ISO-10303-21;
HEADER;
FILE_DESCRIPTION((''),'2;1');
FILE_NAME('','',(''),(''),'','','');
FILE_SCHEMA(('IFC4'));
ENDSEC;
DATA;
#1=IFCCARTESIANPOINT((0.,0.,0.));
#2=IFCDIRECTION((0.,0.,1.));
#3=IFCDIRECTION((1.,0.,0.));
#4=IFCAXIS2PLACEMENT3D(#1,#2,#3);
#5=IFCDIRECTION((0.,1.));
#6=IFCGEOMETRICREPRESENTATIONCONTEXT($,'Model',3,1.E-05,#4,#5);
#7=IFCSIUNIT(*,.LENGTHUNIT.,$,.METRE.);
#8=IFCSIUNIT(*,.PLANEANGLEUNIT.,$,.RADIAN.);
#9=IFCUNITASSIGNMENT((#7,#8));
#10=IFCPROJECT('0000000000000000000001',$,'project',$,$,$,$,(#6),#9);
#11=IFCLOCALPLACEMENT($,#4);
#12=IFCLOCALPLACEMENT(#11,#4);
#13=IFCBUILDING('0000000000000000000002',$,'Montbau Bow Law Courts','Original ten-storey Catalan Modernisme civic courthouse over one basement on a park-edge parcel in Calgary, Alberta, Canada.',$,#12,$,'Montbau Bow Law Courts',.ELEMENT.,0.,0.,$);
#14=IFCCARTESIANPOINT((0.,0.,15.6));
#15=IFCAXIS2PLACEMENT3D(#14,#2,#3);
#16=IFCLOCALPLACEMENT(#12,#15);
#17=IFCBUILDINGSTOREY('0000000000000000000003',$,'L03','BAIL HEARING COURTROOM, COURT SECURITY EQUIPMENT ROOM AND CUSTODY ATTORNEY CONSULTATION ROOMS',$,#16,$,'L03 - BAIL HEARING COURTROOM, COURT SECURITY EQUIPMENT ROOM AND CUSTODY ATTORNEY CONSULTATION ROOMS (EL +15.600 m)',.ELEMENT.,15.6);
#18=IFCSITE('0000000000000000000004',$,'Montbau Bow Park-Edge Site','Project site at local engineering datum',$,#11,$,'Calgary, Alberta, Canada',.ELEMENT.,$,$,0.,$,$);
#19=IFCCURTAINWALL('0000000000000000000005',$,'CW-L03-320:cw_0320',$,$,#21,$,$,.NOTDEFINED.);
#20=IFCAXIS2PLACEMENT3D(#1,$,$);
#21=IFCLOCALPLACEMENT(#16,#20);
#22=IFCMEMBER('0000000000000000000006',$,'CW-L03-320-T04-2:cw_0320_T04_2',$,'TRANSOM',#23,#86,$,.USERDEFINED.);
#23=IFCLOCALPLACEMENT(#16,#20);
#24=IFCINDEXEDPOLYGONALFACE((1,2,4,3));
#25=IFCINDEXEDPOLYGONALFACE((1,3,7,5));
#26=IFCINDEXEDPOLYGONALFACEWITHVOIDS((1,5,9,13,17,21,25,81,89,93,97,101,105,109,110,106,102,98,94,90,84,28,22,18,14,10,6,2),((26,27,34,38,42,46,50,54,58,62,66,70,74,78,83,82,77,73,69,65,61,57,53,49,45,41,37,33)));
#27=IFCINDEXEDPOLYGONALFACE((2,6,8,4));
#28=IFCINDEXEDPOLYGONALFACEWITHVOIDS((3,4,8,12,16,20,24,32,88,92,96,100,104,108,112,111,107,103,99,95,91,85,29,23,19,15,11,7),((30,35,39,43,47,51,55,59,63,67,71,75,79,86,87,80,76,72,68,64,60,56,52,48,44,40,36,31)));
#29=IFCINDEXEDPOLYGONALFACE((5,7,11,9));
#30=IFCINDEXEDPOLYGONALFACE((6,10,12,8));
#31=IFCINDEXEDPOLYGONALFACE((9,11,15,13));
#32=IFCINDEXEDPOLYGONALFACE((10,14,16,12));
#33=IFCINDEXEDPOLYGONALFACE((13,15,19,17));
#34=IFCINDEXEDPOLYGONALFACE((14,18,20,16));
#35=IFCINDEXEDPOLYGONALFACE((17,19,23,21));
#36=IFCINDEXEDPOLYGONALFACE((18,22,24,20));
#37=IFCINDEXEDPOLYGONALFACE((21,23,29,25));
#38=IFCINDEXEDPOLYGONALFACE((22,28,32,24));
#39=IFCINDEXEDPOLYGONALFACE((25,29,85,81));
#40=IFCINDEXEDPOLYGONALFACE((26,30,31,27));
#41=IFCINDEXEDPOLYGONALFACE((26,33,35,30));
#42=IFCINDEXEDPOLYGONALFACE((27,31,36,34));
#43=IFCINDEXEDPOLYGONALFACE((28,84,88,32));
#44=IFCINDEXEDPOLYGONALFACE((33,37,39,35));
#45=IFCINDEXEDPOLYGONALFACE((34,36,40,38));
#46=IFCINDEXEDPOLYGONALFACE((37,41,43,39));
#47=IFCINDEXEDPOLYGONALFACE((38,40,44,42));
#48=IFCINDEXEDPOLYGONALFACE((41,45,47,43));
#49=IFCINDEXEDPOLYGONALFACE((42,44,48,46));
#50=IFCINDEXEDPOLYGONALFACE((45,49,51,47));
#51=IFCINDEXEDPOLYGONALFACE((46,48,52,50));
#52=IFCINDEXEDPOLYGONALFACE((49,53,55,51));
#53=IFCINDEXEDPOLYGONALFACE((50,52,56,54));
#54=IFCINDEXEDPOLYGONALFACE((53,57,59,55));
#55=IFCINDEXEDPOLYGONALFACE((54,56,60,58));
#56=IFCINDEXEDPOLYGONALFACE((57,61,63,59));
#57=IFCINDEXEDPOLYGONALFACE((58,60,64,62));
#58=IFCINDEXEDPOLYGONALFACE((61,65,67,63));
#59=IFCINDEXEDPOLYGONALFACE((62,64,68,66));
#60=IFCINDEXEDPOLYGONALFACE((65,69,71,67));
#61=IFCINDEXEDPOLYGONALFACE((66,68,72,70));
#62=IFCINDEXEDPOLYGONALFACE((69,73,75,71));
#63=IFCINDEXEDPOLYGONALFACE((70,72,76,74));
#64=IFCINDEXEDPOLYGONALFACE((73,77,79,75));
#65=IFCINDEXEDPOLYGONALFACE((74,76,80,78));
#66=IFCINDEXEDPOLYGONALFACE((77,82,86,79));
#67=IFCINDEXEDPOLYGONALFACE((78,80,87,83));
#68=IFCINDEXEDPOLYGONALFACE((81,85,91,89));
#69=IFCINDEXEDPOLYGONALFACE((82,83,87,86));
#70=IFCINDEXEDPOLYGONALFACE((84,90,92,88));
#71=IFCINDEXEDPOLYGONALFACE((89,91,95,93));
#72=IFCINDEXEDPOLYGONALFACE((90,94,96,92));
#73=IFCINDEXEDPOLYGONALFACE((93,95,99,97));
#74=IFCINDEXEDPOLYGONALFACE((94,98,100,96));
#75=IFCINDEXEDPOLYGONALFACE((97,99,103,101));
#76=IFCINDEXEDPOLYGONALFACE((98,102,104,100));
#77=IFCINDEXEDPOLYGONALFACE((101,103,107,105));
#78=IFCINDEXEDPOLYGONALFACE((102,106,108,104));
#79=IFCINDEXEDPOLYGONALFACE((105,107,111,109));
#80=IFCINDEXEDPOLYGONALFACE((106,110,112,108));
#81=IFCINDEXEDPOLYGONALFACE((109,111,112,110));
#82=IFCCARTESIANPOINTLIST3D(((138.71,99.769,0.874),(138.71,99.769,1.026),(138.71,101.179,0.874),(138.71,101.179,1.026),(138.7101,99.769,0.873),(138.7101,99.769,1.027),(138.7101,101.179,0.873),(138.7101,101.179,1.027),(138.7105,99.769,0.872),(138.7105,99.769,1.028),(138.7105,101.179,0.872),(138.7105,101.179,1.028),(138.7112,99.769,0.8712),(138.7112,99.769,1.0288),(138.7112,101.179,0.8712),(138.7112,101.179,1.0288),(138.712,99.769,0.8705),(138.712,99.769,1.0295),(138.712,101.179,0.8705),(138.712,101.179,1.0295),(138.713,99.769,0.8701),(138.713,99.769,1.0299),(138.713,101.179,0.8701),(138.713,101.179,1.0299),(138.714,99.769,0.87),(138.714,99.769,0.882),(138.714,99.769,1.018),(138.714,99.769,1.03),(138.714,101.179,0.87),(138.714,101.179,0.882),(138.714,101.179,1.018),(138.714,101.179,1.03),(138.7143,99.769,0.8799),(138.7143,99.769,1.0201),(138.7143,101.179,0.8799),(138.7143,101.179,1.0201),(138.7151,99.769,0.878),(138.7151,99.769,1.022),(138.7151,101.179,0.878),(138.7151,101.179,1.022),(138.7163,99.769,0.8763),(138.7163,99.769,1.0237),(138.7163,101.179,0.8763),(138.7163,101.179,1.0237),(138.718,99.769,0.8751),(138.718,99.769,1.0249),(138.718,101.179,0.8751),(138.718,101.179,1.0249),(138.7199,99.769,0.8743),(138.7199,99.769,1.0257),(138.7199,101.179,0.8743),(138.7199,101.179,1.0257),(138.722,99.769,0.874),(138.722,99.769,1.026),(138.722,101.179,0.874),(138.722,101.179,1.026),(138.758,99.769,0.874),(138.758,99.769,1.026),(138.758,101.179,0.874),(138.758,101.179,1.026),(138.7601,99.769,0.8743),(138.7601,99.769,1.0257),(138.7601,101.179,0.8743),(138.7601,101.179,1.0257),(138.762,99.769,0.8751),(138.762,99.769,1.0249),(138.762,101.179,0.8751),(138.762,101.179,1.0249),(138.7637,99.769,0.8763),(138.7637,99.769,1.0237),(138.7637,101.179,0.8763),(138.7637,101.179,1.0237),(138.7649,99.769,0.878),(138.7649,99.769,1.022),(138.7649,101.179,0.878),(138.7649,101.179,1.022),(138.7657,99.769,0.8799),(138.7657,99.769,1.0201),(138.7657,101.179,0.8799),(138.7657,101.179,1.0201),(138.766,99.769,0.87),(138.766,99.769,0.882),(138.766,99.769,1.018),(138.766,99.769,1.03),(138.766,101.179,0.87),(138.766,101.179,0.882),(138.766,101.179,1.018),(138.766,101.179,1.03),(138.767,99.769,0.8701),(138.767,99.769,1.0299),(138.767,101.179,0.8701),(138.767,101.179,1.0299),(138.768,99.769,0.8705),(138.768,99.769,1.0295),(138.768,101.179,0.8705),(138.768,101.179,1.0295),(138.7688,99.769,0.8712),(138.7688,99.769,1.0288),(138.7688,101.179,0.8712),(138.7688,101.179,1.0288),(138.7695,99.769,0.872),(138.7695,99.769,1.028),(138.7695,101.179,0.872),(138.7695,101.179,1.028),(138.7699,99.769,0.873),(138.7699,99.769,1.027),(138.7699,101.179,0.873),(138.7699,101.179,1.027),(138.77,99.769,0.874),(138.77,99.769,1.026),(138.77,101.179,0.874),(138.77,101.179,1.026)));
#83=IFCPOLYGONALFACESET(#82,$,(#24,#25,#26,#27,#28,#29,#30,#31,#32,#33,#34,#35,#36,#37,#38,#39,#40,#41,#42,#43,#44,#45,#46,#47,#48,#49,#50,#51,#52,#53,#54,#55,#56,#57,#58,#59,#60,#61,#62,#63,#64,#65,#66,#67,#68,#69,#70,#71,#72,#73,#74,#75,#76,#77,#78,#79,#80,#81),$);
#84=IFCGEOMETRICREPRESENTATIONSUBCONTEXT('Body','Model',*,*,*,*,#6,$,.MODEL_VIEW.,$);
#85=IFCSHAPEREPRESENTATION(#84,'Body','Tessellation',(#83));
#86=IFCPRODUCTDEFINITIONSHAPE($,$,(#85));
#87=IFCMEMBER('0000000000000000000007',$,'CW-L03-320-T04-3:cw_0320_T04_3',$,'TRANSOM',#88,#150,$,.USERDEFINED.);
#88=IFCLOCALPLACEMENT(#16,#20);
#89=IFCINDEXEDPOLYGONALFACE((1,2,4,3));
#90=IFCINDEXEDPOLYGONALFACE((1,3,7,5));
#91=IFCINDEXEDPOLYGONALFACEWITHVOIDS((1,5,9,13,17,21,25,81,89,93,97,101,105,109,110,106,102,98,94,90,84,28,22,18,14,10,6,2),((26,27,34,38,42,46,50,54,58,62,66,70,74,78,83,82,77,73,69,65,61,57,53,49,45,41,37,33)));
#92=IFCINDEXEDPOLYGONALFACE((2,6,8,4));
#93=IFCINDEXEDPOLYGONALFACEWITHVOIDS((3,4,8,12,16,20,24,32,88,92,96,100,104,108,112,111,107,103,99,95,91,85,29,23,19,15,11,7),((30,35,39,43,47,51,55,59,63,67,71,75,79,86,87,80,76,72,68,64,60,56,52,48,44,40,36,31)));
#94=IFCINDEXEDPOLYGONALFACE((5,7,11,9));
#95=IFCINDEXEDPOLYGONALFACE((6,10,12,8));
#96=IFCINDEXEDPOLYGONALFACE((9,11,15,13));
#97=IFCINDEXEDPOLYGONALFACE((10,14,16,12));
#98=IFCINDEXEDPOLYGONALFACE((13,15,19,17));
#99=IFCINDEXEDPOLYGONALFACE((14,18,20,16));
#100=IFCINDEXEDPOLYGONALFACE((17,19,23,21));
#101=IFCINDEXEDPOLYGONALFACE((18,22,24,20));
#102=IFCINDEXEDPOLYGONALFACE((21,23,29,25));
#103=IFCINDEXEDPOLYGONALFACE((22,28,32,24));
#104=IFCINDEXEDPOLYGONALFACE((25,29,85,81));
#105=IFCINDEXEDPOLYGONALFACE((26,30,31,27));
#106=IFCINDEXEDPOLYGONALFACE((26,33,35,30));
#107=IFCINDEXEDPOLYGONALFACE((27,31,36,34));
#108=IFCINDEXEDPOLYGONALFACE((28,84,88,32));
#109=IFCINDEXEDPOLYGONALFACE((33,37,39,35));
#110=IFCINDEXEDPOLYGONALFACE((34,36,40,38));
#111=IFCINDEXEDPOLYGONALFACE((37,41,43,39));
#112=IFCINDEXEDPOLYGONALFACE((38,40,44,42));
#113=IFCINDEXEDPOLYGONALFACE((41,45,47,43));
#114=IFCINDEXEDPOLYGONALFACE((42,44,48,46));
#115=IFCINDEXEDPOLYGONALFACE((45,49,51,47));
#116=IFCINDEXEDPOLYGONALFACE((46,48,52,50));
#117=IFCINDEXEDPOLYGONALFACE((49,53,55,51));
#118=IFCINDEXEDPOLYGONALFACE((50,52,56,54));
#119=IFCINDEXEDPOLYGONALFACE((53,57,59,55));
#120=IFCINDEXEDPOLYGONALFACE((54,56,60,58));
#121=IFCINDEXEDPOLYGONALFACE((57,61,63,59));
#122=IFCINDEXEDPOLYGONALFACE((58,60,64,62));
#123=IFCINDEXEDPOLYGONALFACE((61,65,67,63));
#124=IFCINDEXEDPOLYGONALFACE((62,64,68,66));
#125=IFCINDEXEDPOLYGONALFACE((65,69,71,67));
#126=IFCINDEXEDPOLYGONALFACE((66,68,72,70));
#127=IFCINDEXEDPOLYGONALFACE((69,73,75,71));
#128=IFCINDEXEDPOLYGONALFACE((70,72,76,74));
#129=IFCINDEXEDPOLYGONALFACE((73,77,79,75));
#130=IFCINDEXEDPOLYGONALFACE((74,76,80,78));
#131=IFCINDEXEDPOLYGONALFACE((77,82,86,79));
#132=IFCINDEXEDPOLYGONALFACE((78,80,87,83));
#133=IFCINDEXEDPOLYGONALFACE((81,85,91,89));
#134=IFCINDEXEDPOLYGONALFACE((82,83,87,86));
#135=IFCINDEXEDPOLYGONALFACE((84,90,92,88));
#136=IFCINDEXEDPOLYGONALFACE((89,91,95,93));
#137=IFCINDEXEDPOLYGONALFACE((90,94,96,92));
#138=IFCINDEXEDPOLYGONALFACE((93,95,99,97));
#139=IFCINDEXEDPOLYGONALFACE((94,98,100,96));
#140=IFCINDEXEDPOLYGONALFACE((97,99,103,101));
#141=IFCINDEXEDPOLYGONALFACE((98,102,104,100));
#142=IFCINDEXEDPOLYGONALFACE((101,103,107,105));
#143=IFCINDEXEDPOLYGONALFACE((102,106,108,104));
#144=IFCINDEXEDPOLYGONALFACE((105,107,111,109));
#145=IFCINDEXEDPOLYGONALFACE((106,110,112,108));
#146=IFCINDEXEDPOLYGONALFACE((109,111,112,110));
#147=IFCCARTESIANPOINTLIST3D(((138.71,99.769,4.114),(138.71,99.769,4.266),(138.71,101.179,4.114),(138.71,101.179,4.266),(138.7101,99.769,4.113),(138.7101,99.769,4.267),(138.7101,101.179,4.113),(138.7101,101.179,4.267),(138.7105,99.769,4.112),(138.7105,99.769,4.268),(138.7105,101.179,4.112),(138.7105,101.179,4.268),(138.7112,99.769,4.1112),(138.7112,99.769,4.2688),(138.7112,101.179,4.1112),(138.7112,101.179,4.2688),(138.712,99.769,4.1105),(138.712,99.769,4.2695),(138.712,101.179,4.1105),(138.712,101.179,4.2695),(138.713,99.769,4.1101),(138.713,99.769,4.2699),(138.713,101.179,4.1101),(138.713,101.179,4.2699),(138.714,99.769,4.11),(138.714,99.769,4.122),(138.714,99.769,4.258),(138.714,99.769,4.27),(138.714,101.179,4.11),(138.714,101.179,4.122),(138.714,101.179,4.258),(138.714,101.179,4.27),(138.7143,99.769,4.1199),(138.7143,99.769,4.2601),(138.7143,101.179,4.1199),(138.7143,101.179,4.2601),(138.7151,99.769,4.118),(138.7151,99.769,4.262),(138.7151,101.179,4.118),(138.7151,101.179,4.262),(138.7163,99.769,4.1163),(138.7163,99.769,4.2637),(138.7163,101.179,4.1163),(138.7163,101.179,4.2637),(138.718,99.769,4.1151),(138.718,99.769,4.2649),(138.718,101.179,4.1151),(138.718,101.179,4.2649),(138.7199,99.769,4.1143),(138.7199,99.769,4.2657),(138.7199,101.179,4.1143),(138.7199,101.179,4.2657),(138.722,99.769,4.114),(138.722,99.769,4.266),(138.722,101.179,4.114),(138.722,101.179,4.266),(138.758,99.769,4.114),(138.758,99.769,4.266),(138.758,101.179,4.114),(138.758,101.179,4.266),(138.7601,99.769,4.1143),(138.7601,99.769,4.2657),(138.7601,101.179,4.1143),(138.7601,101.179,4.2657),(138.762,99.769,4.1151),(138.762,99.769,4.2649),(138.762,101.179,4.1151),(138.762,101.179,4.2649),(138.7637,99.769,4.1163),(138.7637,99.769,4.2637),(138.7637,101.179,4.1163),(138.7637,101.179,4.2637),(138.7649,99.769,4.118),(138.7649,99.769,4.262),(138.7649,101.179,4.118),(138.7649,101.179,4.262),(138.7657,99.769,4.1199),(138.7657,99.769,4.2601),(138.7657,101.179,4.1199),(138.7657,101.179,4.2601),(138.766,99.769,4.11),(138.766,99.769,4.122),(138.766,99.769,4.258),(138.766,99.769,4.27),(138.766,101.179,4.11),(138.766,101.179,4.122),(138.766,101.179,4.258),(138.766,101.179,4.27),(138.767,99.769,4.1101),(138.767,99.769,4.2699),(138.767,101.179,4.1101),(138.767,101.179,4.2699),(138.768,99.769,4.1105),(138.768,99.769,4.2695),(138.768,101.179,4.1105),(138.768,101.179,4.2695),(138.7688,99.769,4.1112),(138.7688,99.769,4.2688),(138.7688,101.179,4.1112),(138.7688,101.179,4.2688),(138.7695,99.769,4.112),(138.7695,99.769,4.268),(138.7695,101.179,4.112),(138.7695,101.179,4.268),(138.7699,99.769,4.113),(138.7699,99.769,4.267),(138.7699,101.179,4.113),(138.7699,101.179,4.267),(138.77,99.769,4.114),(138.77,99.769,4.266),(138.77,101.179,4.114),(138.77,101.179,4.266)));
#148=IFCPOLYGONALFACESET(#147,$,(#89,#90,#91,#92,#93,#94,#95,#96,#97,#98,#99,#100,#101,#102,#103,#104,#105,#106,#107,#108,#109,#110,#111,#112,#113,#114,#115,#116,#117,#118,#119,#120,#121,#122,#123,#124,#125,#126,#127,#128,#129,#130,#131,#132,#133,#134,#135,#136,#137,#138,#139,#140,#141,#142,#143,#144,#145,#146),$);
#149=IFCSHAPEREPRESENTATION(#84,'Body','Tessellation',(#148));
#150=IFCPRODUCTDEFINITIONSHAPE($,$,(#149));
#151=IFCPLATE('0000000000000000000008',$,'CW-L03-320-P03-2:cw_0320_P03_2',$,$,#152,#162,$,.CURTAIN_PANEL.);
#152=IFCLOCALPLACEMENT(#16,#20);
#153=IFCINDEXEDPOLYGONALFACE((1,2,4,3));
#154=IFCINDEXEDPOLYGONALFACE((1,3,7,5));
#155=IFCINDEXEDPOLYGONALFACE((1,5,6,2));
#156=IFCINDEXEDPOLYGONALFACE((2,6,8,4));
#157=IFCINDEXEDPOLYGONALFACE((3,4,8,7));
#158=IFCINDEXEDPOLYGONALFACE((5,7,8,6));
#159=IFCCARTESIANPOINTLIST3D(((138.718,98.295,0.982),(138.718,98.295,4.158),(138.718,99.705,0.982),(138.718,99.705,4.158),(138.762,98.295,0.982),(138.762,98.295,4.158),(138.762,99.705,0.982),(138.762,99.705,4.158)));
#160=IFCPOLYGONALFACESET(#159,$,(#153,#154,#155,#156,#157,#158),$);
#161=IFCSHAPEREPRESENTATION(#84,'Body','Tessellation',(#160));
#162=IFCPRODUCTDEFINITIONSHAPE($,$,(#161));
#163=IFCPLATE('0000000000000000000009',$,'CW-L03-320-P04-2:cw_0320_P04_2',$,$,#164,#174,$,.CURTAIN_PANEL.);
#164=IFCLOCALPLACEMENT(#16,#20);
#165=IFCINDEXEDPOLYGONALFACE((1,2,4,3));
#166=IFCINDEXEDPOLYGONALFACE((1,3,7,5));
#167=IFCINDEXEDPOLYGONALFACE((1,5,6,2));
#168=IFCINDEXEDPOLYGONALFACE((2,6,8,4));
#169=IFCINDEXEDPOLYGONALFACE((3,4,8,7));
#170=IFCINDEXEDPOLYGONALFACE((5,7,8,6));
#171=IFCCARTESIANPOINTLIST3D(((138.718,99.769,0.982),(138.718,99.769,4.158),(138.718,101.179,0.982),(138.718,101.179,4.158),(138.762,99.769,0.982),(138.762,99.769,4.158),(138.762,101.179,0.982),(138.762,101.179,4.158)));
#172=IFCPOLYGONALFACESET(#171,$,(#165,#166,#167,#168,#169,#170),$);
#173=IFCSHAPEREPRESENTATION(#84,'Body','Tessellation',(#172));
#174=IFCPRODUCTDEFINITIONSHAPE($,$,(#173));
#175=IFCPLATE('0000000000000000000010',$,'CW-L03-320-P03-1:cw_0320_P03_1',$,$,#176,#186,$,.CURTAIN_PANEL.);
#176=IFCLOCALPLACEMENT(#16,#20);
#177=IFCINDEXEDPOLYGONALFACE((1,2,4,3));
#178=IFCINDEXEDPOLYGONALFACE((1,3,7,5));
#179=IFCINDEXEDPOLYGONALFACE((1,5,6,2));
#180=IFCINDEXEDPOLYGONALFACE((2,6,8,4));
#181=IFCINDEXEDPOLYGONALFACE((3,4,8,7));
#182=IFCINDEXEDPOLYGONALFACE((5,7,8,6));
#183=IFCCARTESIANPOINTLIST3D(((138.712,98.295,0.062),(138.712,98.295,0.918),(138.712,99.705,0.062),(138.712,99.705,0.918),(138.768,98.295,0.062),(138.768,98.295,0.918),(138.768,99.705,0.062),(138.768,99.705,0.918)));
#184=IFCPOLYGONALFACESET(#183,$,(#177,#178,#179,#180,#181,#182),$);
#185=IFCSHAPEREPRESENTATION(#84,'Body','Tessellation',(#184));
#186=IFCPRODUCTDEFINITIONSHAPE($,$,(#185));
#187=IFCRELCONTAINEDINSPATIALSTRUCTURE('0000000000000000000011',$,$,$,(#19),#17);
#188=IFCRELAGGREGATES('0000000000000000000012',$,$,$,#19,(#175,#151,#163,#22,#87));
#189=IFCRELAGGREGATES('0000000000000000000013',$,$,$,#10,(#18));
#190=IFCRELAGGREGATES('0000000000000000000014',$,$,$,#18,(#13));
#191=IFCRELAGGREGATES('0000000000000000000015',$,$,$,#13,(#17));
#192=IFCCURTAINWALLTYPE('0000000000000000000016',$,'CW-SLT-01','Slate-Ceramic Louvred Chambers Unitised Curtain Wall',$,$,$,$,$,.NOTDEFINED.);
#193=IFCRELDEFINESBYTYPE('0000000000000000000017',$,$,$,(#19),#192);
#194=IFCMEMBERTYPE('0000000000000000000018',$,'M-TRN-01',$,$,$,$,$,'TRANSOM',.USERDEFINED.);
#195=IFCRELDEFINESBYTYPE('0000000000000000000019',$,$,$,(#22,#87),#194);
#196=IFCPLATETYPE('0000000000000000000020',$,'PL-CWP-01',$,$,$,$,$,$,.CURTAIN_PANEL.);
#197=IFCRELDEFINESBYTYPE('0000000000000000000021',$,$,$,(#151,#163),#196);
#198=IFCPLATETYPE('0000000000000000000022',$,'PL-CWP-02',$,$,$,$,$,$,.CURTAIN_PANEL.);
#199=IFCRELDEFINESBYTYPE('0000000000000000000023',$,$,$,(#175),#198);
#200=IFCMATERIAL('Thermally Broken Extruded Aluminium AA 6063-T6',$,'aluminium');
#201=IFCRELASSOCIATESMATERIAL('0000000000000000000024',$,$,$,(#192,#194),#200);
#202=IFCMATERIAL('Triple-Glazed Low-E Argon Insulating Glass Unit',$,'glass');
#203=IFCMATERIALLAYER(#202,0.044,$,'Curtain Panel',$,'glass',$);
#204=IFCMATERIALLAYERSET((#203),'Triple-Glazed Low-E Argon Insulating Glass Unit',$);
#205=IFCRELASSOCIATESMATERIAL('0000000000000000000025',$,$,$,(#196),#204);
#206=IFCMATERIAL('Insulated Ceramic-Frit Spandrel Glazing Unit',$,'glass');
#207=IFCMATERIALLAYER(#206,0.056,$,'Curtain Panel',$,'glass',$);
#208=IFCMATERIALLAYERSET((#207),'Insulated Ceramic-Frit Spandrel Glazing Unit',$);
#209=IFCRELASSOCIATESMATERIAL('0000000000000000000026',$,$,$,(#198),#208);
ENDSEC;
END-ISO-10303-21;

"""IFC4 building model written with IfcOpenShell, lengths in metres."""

from ifc_helpers import new_model, si_unit, direction, frame, frame_2d, origin_with_axes, origin_2d_with_axis, place, context, subcontext, project, spatial, rectangle, hollow_rectangle, extrude, material, layer, layer_set, material_profile, profile_set, type_object, element, aggregate, save


model = new_model("IFC4")

# Units and contexts
model_context = context("Model", 3, precision=1e-05, world=origin_with_axes(), true_north=direction((0.0, 1.0)))
body_context = subcontext(model_context, "Body", "Model", "MODEL_VIEW")
ifc_project = project(units=[si_unit("LENGTHUNIT", "METRE"), si_unit("PLANEANGLEUNIT", "RADIAN")], contexts=[model_context])

# Site, building, storey
site_placement = place(None, origin_with_axes())
site = spatial("IfcSite", under=ifc_project, at=site_placement, Name="Montbau Bow Park-Edge Site", Description="Project site at local engineering datum", LongName="Calgary, Alberta, Canada", CompositionType="ELEMENT", RefElevation=0.0)
building_placement = place(site_placement, origin_with_axes())
building = spatial("IfcBuilding", under=site, at=building_placement, Name="Montbau Bow Law Courts", Description="Original ten-storey Catalan Modernisme civic courthouse over one basement on a park-edge parcel in Calgary, Alberta, Canada.", LongName="Montbau Bow Law Courts", CompositionType="ELEMENT", ElevationOfRefHeight=0.0, ElevationOfTerrain=0.0)
storey_placement = place(building_placement, frame((0.0, 0.0, 15.6), z_axis=(0.0, 0.0, 1.0), x_axis=(1.0, 0.0, 0.0)))
storey = spatial("IfcBuildingStorey", under=building, at=storey_placement, Name="L03", Description="BAIL HEARING COURTROOM, COURT SECURITY EQUIPMENT ROOM AND CUSTODY ATTORNEY CONSULTATION ROOMS", LongName="L03 - BAIL HEARING COURTROOM, COURT SECURITY EQUIPMENT ROOM AND CUSTODY ATTORNEY CONSULTATION ROOMS (EL +15.600 m)", CompositionType="ELEMENT", Elevation=15.6)

# Curtain wall, members, plates
ifc_material_1 = material(Name="Thermally Broken Extruded Aluminium AA 6063-T6", Category="aluminium")
curtain_wall_type = type_object("IfcCurtainWallType", Name="CW-SLT-01", Description="Slate-Ceramic Louvred Chambers Unitised Curtain Wall", PredefinedType="NOTDEFINED", material=ifc_material_1)
curtain_wall_placement = place(None, frame((138.74, 95.315, 15.6), z_axis=(0.0, 0.0, 1.0), x_axis=(1.0, 0.0, 0.0)))
curtain_wall = element("IfcCurtainWall", 1, at=curtain_wall_placement, inside=storey, type_object=curtain_wall_type, Name="CW-L03-320:cw_0320", PredefinedType="NOTDEFINED")
ifc_material_profile_1 = material_profile(ifc_material_1, hollow_rectangle(XDim=0.06, YDim=0.16, WallThickness=0.004, InnerFilletRadius=0.008, OuterFilletRadius=0.004, at=origin_2d_with_axis()), Name="CWT-160X60", Category="Main", Priority=0)
ifc_profile_set_1 = profile_set([ifc_material_profile_1], Name="Thermally Broken Extruded Aluminium AA 6063-T6")
member_type_1 = type_object("IfcMemberType", Name="M-TRN-01", ElementType="TRANSOM", PredefinedType="USERDEFINED", material=ifc_profile_set_1)
member_1_placement = place(None, frame((138.74, 99.769, 16.55), z_axis=(0.0, 1.0, 0.0), x_axis=(-1.0, 0.0, 0.0)))
member_1 = element("IfcMember", 2, at=member_1_placement, type_object=member_type_1, Name="CW-L03-320-T04-2:cw_0320_T04_2", ObjectType="TRANSOM", PredefinedType="USERDEFINED", context=body_context, shape_type="SweptSolid", body=[
    extrude(hollow_rectangle(XDim=0.06, YDim=0.16, WallThickness=0.004, InnerFilletRadius=0.008, OuterFilletRadius=0.004, at=origin_2d_with_axis()), origin_with_axes(), (0.0, 0.0, 1.0), 1.41),
])
member_2_placement = place(None, frame((138.74, 99.769, 19.79), z_axis=(0.0, 1.0, 0.0), x_axis=(-1.0, 0.0, 0.0)))
member_2 = element("IfcMember", 3, at=member_2_placement, type_object=member_type_1, Name="CW-L03-320-T04-3:cw_0320_T04_3", ObjectType="TRANSOM", PredefinedType="USERDEFINED", context=body_context, shape_type="SweptSolid", body=[
    extrude(hollow_rectangle(XDim=0.06, YDim=0.16, WallThickness=0.004, InnerFilletRadius=0.008, OuterFilletRadius=0.004, at=origin_2d_with_axis()), origin_with_axes(), (0.0, 0.0, 1.0), 1.41),
])
ifc_material_2 = material(Name="Triple-Glazed Low-E Argon Insulating Glass Unit", Category="glass")
ifc_layer_1 = layer(ifc_material_2, 0.044, Name="Curtain Panel", Category="glass")
ifc_layer_set_1 = layer_set([ifc_layer_1], Name="Triple-Glazed Low-E Argon Insulating Glass Unit")
plate_type_1 = type_object("IfcPlateType", Name="PL-CWP-01", PredefinedType="CURTAIN_PANEL", material=ifc_layer_set_1)
plate_1_placement = place(None, frame((138.74, 98.295, 16.582), z_axis=(1.0, 0.0, 0.0), x_axis=(0.0, 1.0, 0.0)))
plate_1 = element("IfcPlate", 4, at=plate_1_placement, type_object=plate_type_1, Name="CW-L03-320-P03-2:cw_0320_P03_2", PredefinedType="CURTAIN_PANEL", context=body_context, shape_type="SweptSolid", body=[
    extrude(rectangle(XDim=1.41, YDim=3.176, at=frame_2d((0.705, 1.588), x_axis=(1.0, 0.0))), frame((0.0, 0.0, -0.022), z_axis=(0.0, 0.0, 1.0), x_axis=(1.0, 0.0, 0.0)), (0.0, 0.0, 1.0), 0.044),
])
plate_2_placement = place(None, frame((138.74, 99.769, 16.582), z_axis=(1.0, 0.0, 0.0), x_axis=(0.0, 1.0, 0.0)))
plate_2 = element("IfcPlate", 5, at=plate_2_placement, type_object=plate_type_1, Name="CW-L03-320-P04-2:cw_0320_P04_2", PredefinedType="CURTAIN_PANEL", context=body_context, shape_type="SweptSolid", body=[
    extrude(rectangle(XDim=1.41, YDim=3.176, at=frame_2d((0.705, 1.588), x_axis=(1.0, 0.0))), frame((0.0, 0.0, -0.022), z_axis=(0.0, 0.0, 1.0), x_axis=(1.0, 0.0, 0.0)), (0.0, 0.0, 1.0), 0.044),
])
ifc_material_3 = material(Name="Insulated Ceramic-Frit Spandrel Glazing Unit", Category="glass")
ifc_layer_2 = layer(ifc_material_3, 0.056, Name="Curtain Panel", Category="glass")
ifc_layer_set_2 = layer_set([ifc_layer_2], Name="Insulated Ceramic-Frit Spandrel Glazing Unit")
plate_type_2 = type_object("IfcPlateType", Name="PL-CWP-02", PredefinedType="CURTAIN_PANEL", material=ifc_layer_set_2)
plate_3_placement = place(None, frame((138.74, 98.295, 15.662), z_axis=(1.0, 0.0, 0.0), x_axis=(0.0, 1.0, 0.0)))
plate_3 = element("IfcPlate", 6, at=plate_3_placement, type_object=plate_type_2, Name="CW-L03-320-P03-1:cw_0320_P03_1", PredefinedType="CURTAIN_PANEL", context=body_context, shape_type="SweptSolid", body=[
    extrude(rectangle(XDim=1.41, YDim=0.856, at=frame_2d((0.705, 0.428), x_axis=(1.0, 0.0))), frame((0.0, 0.0, -0.028), z_axis=(0.0, 0.0, 1.0), x_axis=(1.0, 0.0, 0.0)), (0.0, 0.0, 1.0), 0.056),
])
aggregate(curtain_wall, [plate_3, plate_1, plate_2, member_1, member_2])

save(model, "model.ifc")
